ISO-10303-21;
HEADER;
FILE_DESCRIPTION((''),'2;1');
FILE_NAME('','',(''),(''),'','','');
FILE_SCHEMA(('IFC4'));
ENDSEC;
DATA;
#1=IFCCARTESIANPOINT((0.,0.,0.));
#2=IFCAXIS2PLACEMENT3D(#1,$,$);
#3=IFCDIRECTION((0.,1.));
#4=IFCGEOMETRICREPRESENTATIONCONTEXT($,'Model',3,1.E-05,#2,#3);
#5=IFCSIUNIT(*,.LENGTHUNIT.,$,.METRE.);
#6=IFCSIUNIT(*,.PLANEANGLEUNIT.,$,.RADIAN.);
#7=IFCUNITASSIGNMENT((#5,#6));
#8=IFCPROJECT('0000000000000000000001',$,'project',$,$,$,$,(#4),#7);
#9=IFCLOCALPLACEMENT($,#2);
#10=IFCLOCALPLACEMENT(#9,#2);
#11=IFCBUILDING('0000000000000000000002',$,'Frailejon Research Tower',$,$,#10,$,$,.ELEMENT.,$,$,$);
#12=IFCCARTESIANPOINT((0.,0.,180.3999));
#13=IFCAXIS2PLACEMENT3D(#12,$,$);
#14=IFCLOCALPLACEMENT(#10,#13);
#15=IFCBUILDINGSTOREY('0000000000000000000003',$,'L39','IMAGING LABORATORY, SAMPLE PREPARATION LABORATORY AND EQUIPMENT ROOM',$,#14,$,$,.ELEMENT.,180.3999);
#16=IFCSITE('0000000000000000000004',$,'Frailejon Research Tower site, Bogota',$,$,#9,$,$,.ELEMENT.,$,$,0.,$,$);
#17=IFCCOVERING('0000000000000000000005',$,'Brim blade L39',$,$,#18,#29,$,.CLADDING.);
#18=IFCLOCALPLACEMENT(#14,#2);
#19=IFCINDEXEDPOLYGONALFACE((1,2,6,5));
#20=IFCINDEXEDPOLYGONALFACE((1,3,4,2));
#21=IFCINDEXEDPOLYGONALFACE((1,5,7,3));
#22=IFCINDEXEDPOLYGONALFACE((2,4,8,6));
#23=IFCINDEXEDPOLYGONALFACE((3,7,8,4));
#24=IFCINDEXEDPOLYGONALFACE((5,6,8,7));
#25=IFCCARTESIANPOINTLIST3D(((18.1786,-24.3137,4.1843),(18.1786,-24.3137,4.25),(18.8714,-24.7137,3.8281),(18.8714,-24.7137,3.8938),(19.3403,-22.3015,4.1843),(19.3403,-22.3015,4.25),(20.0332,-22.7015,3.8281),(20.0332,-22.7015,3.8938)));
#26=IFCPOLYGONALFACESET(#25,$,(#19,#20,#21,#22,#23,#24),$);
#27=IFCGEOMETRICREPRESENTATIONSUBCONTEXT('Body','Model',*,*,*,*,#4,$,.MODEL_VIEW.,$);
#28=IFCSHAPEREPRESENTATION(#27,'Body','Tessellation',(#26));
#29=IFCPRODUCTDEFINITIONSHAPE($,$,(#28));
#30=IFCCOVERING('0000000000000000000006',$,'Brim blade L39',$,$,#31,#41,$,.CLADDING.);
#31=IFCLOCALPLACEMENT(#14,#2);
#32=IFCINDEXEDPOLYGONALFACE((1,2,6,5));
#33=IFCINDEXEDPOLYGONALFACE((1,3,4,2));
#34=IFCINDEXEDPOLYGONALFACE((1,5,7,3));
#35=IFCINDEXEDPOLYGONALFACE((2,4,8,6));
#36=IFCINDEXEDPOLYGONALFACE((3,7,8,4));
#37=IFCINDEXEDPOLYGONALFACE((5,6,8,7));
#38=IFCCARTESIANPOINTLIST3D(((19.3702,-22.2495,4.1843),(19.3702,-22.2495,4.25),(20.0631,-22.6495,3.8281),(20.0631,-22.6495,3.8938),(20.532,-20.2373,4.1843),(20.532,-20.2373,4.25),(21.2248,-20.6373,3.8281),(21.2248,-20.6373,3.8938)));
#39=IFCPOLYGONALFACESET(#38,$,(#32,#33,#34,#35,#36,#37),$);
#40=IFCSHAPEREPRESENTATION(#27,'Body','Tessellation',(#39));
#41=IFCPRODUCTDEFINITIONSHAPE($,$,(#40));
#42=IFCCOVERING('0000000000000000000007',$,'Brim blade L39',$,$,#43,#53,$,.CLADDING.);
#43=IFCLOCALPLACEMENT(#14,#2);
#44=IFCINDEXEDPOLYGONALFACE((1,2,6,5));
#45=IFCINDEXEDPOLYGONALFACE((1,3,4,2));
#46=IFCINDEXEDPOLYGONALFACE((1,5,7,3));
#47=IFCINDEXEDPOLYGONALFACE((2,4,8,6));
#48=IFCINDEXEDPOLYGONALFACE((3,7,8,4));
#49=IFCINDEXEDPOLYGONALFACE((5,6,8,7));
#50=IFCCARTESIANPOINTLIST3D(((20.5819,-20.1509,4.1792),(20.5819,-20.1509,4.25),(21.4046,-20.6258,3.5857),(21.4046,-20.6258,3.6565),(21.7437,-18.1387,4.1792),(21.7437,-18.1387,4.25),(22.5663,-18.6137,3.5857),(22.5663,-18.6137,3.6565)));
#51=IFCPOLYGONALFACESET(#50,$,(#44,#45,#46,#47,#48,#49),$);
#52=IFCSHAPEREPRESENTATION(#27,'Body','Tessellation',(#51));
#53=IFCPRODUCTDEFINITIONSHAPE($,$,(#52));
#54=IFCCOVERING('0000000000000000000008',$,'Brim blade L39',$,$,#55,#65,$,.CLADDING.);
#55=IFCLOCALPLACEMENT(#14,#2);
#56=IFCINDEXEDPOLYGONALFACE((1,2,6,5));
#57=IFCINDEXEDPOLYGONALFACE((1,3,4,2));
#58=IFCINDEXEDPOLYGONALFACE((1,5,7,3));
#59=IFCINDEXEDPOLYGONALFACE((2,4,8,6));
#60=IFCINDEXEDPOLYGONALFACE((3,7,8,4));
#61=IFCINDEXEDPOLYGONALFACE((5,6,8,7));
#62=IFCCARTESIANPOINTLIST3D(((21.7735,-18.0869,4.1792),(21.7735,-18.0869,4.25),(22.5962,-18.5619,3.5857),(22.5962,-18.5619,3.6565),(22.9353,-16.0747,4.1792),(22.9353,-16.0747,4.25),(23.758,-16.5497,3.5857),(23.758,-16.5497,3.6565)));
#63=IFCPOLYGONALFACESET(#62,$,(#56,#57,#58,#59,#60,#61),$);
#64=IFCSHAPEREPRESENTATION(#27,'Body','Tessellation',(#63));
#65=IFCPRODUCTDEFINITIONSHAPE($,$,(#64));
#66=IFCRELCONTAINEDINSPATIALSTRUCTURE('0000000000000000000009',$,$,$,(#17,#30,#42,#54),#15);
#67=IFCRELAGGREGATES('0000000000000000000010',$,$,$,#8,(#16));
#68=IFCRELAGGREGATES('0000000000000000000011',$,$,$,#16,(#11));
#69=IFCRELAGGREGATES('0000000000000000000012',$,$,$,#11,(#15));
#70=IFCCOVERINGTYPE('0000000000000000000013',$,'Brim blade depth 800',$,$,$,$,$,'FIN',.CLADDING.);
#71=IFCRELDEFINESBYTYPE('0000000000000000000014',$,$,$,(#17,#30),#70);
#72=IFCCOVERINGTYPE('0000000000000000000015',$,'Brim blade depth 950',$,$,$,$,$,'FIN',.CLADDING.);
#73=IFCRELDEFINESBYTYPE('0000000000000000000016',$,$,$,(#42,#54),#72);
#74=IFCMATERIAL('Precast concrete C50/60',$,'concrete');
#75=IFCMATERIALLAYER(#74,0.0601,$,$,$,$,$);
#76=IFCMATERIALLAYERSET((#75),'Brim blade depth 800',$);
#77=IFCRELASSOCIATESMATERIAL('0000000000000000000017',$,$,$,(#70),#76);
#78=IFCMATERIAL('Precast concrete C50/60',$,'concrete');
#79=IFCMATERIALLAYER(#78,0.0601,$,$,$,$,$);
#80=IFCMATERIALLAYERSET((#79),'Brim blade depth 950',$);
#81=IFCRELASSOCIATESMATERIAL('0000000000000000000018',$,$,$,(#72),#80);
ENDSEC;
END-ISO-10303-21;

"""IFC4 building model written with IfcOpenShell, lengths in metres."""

from ifc_helpers import new_model, si_unit, direction, frame, origin, place, context, subcontext, project, spatial, polyline, outline, extrude, material, layer, layer_set, type_object, element, save


model = new_model("IFC4")

# Units and contexts
model_context = context("Model", 3, precision=1e-05, world=origin(), true_north=direction((0.0, 1.0)))
body_context = subcontext(model_context, "Body", "Model", "MODEL_VIEW")
ifc_project = project(units=[si_unit("LENGTHUNIT", "METRE"), si_unit("PLANEANGLEUNIT", "RADIAN")], contexts=[model_context])

# Site, building, storey
site_placement = place(None, origin())
site = spatial("IfcSite", under=ifc_project, at=site_placement, Name="Frailejon Research Tower site, Bogota", CompositionType="ELEMENT", RefElevation=0.0)
building_placement = place(site_placement, origin())
building = spatial("IfcBuilding", under=site, at=building_placement, Name="Frailejon Research Tower", CompositionType="ELEMENT")
storey_placement = place(building_placement, frame((0.0, 0.0, 180.3999)))
storey = spatial("IfcBuildingStorey", under=building, at=storey_placement, Name="L39", Description="IMAGING LABORATORY, SAMPLE PREPARATION LABORATORY AND EQUIPMENT ROOM", CompositionType="ELEMENT", Elevation=180.3999)

# Coverings
ifc_material_1 = material(Name="Precast concrete C50/60", Category="concrete")
ifc_layer_1 = layer(ifc_material_1, 0.0601)
ifc_layer_set_1 = layer_set([ifc_layer_1], Name="Brim blade depth 800")
covering_type_1 = type_object("IfcCoveringType", Name="Brim blade depth 800", ElementType="FIN", PredefinedType="CLADDING", material=ifc_layer_set_1)
for number, where, z_axis, x_axis, name in (
    (1, (19.3403, -22.3015, 4.25), (-0.500001, -0.866025, 0.0), (0.866025, -0.500001, 0.0), "Brim blade L39"),
    (2, (20.532, -20.2373, 4.25), (-0.500001, -0.866025, 0.0), (0.866025, -0.500001, 0.0), "Brim blade L39"),
):
    element("IfcCovering", number, at=place(storey_placement, frame(where, z_axis=z_axis, x_axis=x_axis)), inside=storey, type_object=covering_type_1, Name=name, PredefinedType="CLADDING", context=body_context, shape_type="SweptSolid", body=[
        extrude(outline(polyline([(0.0, -0.0657), (0.8, -0.4219), (0.8, -0.3562), (0.0, 0.0), (0.0, -0.0657)])), origin(), (0.0, 0.0, 1.0), 2.3235),
    ])
ifc_material_2 = material(Name="Precast concrete C50/60", Category="concrete")
ifc_layer_2 = layer(ifc_material_2, 0.0601)
ifc_layer_set_2 = layer_set([ifc_layer_2], Name="Brim blade depth 950")
covering_type_2 = type_object("IfcCoveringType", Name="Brim blade depth 950", ElementType="FIN", PredefinedType="CLADDING", material=ifc_layer_set_2)
for number, where, z_axis, x_axis, name in (
    (3, (21.7437, -18.1387, 4.25), (-0.50001, -0.86602, 0.0), (0.86602, -0.50001, 0.0), "Brim blade L39"),
    (4, (22.9353, -16.0747, 4.25), (-0.50001, -0.86602, 0.0), (0.86602, -0.50001, 0.0), "Brim blade L39"),
):
    element("IfcCovering", number, at=place(storey_placement, frame(where, z_axis=z_axis, x_axis=x_axis)), inside=storey, type_object=covering_type_2, Name=name, PredefinedType="CLADDING", context=body_context, shape_type="SweptSolid", body=[
        extrude(outline(polyline([(0.0, -0.0708), (0.95, -0.6643), (0.95, -0.5935), (0.0, 0.0), (0.0, -0.0708)])), origin(), (0.0, 0.0, 1.0), 2.3235),
    ])

save(model, "model.ifc")
